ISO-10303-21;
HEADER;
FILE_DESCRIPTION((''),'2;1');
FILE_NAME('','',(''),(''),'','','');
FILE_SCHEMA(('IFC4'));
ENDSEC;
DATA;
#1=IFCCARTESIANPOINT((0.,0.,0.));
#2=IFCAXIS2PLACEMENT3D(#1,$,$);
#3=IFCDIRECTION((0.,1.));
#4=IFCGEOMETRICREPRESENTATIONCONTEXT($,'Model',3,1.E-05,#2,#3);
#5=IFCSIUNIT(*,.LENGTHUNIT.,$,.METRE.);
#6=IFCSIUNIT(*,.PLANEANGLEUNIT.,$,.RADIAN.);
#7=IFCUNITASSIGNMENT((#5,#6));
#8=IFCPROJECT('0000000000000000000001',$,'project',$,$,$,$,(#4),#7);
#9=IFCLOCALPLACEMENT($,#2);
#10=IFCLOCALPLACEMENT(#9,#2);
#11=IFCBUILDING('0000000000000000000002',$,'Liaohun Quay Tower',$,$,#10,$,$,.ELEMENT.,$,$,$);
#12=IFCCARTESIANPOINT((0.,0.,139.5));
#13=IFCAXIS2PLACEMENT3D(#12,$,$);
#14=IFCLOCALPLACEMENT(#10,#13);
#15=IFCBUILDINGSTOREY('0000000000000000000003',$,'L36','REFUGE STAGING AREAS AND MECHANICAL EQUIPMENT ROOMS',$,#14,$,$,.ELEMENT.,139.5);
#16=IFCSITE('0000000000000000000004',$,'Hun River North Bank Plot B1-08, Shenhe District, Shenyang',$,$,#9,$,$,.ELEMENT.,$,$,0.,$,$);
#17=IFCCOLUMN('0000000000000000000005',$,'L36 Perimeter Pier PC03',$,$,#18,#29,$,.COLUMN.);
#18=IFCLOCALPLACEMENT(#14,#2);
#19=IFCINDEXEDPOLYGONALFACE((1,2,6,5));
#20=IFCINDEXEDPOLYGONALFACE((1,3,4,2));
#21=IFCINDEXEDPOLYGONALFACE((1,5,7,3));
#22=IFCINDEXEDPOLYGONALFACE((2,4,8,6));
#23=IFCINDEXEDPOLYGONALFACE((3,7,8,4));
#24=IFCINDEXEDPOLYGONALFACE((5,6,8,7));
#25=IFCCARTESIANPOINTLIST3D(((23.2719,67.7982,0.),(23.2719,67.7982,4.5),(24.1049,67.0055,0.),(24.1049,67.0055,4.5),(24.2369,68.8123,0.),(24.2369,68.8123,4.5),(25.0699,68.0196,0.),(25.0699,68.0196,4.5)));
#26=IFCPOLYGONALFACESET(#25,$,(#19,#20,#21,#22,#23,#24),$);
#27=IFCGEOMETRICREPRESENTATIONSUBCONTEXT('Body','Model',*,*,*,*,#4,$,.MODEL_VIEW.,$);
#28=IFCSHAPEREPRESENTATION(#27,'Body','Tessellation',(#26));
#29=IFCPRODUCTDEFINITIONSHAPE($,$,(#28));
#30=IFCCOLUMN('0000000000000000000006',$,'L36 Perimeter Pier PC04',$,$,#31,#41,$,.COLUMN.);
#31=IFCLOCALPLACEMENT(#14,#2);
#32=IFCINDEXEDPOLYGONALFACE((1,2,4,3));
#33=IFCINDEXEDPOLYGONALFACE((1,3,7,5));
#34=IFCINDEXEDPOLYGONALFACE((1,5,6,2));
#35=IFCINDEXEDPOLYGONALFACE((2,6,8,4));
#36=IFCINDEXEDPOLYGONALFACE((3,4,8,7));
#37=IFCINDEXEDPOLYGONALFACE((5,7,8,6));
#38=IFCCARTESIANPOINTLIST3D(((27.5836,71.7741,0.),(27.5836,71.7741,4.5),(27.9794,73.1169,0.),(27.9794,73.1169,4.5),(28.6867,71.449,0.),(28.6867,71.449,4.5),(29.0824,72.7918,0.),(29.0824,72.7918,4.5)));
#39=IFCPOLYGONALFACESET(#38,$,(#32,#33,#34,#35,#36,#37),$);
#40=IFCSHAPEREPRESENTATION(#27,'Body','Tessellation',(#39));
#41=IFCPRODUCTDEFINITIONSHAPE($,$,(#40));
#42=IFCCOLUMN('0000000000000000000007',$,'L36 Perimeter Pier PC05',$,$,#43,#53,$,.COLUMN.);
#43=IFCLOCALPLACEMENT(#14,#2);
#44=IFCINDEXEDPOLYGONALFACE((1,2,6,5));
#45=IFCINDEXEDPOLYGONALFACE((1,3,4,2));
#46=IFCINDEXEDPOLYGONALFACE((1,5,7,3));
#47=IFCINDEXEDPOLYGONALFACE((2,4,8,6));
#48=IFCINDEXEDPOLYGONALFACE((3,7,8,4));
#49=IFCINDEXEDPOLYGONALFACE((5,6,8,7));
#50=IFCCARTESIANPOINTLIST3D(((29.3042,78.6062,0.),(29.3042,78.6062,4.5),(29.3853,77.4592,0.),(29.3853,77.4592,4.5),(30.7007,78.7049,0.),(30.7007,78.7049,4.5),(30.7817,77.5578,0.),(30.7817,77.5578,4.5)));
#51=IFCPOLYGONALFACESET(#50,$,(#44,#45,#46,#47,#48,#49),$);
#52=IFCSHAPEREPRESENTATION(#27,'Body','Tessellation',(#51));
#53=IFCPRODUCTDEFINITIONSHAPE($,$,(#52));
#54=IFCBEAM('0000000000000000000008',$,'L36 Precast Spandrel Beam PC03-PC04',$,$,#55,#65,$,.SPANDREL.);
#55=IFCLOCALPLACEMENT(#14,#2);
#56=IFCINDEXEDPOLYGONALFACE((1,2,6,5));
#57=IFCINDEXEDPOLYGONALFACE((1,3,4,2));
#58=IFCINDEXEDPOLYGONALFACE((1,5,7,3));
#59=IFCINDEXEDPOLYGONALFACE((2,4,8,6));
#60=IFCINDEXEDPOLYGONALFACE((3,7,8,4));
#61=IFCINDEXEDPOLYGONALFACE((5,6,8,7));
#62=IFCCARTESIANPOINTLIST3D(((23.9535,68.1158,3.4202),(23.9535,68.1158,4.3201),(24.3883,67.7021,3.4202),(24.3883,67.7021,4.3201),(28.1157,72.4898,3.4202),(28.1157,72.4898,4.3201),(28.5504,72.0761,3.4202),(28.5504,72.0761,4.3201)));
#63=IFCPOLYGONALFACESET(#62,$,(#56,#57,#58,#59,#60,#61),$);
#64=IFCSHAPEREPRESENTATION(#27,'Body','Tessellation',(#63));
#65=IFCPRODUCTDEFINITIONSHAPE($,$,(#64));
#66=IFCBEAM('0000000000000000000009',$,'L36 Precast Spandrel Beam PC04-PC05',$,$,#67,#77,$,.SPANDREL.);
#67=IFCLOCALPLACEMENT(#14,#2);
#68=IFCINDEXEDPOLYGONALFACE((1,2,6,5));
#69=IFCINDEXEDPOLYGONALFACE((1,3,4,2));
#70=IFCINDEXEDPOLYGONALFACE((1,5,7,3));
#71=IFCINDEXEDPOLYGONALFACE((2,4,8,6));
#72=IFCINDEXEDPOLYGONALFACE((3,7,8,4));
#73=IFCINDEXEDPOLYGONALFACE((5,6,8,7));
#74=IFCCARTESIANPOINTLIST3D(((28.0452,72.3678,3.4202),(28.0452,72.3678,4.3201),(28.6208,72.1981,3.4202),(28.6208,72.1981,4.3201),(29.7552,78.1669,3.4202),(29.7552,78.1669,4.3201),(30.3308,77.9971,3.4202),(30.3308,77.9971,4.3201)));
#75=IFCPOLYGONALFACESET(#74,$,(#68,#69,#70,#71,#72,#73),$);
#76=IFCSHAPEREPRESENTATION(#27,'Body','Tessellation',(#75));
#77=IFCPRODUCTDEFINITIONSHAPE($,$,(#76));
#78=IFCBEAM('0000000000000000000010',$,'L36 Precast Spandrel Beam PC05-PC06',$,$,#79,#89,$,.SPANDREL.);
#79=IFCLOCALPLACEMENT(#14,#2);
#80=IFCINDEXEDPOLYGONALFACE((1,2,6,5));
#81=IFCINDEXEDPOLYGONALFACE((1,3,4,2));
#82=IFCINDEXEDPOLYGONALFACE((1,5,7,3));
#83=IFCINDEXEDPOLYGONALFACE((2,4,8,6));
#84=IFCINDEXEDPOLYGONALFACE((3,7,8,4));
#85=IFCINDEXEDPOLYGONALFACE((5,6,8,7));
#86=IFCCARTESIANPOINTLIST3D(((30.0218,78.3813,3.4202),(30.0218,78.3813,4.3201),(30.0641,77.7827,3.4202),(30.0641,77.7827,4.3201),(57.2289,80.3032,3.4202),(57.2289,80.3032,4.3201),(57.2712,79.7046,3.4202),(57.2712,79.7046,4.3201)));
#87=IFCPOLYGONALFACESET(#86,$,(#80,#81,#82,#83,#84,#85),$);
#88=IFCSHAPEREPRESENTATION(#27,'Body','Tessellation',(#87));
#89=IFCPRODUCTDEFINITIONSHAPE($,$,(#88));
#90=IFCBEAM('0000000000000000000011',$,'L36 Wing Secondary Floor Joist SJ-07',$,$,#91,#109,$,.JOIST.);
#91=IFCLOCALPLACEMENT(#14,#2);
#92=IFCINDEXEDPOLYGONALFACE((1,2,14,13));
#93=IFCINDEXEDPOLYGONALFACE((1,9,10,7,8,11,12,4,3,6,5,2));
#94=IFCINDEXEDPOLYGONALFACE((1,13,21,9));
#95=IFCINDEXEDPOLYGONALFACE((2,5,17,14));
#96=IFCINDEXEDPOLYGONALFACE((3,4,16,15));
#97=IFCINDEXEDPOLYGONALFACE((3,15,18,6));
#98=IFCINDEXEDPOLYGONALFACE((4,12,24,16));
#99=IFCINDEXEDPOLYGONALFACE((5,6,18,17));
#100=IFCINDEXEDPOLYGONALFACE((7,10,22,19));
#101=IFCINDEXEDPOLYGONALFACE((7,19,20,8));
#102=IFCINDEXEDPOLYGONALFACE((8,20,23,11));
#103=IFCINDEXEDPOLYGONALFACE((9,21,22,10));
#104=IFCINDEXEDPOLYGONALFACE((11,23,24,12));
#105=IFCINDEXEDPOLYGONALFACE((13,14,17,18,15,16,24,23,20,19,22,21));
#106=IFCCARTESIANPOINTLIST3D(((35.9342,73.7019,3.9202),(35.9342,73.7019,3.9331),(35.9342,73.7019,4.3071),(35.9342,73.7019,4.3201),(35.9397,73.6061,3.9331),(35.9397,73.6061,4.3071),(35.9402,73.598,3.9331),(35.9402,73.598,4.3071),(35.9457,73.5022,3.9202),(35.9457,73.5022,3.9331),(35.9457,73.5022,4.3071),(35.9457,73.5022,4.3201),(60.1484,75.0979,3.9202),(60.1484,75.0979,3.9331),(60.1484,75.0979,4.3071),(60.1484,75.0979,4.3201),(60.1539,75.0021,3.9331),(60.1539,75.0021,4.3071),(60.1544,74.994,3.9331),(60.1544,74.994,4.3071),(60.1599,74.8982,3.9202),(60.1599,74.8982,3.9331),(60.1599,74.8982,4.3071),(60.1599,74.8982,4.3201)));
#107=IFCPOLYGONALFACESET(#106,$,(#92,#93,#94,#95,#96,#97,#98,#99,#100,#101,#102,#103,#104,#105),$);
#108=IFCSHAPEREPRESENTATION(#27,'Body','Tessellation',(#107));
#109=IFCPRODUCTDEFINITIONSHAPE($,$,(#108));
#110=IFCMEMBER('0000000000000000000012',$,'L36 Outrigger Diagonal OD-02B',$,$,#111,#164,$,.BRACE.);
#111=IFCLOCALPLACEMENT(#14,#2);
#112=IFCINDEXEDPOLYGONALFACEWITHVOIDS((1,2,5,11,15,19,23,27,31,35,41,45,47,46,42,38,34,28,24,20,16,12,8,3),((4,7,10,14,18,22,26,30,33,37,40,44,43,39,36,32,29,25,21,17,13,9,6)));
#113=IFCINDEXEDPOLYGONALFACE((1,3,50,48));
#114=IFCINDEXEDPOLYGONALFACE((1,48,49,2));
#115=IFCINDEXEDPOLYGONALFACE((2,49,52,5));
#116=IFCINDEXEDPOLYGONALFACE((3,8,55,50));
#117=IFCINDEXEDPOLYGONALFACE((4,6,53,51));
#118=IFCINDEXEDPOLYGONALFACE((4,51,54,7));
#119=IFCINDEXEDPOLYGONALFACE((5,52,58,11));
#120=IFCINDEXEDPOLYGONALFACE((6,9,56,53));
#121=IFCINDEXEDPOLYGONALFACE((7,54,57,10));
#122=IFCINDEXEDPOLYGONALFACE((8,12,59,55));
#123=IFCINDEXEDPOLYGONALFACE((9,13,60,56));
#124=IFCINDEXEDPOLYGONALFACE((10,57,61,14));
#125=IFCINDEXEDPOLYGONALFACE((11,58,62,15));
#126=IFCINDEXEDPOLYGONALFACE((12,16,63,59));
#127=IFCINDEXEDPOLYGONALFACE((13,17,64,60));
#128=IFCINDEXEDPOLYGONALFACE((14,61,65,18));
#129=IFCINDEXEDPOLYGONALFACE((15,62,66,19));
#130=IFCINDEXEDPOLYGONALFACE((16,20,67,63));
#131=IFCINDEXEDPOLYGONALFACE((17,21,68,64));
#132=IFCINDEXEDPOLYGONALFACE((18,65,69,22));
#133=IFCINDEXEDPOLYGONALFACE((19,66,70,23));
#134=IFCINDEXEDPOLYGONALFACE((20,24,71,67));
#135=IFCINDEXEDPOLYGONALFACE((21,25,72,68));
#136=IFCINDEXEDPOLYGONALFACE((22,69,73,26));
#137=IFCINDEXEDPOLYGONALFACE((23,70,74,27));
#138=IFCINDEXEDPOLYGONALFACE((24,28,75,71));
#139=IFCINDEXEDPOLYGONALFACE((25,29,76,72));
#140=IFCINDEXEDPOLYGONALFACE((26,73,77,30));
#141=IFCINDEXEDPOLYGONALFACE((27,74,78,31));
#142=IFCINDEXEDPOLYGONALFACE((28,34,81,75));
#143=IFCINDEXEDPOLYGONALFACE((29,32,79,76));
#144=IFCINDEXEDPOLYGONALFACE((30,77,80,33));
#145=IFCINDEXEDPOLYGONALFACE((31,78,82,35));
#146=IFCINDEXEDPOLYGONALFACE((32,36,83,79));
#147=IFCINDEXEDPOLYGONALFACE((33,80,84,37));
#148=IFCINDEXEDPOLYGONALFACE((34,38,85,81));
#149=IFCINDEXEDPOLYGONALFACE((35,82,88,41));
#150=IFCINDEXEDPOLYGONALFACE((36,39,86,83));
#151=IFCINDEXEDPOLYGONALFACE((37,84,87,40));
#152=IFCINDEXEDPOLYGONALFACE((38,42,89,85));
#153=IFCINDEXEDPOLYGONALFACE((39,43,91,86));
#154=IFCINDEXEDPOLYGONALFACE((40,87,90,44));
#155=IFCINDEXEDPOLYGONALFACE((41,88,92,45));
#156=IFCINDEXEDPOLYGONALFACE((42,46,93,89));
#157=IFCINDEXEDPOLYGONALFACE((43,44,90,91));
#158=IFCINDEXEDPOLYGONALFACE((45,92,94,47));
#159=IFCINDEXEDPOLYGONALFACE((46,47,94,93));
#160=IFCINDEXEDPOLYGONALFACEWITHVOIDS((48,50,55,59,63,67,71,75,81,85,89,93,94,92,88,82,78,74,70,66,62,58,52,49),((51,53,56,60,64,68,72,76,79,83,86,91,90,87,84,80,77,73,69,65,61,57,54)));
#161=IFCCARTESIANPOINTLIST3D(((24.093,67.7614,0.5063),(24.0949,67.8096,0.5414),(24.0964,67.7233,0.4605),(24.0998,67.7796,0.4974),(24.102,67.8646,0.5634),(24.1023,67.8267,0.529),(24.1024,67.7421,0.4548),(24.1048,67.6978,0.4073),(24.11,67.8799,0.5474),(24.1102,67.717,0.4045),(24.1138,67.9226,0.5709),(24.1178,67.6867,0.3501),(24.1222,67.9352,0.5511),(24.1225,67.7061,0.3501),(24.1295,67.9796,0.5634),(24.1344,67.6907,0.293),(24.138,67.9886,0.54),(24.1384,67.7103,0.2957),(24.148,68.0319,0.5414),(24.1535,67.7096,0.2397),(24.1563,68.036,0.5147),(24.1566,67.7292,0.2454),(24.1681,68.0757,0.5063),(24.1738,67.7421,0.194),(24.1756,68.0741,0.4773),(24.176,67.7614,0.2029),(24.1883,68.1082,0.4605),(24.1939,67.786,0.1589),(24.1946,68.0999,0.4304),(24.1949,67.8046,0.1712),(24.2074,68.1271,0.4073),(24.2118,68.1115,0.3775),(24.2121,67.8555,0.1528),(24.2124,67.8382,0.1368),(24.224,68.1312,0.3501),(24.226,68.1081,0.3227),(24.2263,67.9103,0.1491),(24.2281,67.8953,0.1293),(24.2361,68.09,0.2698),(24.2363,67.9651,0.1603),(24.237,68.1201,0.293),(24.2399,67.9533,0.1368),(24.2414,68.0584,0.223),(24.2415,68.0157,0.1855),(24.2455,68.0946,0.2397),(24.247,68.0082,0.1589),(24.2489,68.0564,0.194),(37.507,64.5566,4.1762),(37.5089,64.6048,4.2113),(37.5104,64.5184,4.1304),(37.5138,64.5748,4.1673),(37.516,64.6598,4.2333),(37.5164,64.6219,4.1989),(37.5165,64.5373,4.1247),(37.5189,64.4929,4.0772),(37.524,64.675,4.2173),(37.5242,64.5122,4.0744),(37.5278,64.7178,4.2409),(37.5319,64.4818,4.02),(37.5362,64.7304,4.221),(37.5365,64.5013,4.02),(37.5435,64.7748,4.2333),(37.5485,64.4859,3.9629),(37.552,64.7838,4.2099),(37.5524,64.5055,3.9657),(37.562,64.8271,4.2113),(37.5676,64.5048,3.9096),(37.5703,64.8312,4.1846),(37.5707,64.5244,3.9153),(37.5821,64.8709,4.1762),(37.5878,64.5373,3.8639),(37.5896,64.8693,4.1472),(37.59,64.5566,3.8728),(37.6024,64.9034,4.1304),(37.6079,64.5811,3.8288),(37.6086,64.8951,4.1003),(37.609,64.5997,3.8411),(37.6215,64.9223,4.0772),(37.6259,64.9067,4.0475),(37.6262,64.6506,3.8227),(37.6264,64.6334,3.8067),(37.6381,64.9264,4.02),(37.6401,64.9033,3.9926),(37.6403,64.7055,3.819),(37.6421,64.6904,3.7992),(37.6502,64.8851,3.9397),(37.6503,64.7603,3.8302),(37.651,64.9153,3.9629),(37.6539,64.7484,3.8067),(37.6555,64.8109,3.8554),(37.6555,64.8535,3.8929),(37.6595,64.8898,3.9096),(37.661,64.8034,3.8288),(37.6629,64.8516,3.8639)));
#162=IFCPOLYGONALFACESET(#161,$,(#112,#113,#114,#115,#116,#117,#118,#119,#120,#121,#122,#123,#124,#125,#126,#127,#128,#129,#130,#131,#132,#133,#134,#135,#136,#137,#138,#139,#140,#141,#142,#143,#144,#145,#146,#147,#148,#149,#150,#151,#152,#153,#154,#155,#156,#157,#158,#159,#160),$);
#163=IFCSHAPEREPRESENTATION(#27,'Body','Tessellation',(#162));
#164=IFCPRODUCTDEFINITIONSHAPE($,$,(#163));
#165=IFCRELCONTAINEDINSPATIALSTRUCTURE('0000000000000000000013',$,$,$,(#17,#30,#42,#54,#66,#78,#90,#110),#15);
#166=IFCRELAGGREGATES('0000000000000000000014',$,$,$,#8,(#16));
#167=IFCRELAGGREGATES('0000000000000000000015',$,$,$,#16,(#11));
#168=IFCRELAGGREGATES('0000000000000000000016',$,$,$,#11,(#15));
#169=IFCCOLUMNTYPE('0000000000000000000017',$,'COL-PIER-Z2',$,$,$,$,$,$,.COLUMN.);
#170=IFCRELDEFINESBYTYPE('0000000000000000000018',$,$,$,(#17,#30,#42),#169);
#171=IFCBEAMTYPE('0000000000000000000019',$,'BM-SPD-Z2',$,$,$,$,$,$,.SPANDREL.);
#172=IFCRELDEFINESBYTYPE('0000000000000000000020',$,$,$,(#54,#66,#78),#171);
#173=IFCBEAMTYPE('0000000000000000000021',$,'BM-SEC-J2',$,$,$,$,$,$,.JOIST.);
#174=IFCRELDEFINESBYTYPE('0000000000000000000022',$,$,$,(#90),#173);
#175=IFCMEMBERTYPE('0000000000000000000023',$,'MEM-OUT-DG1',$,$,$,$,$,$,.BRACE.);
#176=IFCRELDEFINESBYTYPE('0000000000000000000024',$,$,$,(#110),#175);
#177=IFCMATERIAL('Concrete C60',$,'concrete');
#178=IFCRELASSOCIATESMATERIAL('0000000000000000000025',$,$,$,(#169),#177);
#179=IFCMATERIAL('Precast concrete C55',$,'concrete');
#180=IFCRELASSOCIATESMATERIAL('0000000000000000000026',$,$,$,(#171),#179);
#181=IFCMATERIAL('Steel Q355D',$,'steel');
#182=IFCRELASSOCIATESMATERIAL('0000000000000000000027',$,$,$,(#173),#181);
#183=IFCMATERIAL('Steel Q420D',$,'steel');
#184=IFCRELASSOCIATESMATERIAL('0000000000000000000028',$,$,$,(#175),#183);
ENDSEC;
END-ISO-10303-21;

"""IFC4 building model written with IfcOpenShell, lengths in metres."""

from ifc_helpers import new_model, si_unit, direction, frame, origin, origin_2d, place, context, subcontext, project, spatial, rectangle, hollow_circle, i_section, extrude, source, transform, mapped, material, material_profile, profile_set, type_object, element, save


model = new_model("IFC4")

# Units and contexts
model_context = context("Model", 3, precision=1e-05, world=origin(), true_north=direction((0.0, 1.0)))
body_context = subcontext(model_context, "Body", "Model", "MODEL_VIEW")
ifc_project = project(units=[si_unit("LENGTHUNIT", "METRE"), si_unit("PLANEANGLEUNIT", "RADIAN")], contexts=[model_context])

# Site, building, storey
site_placement = place(None, origin())
site = spatial("IfcSite", under=ifc_project, at=site_placement, Name="Hun River North Bank Plot B1-08, Shenhe District, Shenyang", CompositionType="ELEMENT", RefElevation=0.0)
building_placement = place(site_placement, origin())
building = spatial("IfcBuilding", under=site, at=building_placement, Name="Liaohun Quay Tower", CompositionType="ELEMENT")
storey_placement = place(building_placement, frame((0.0, 0.0, 139.5)))
storey = spatial("IfcBuildingStorey", under=building, at=storey_placement, Name="L36", Description="REFUGE STAGING AREAS AND MECHANICAL EQUIPMENT ROOMS", CompositionType="ELEMENT", Elevation=139.5)

# Columns
ifc_material_1 = material(Name="Concrete C60", Category="concrete")
ifc_material_profile_1 = material_profile(ifc_material_1, rectangle(XDim=1.3999, YDim=1.1499, at=origin_2d()), Name="RC1400x1150")
ifc_profile_set_1 = profile_set([ifc_material_profile_1], Name="Concrete C60")
column_type = type_object("IfcColumnType", Name="COL-PIER-Z2", PredefinedType="COLUMN", material=ifc_profile_set_1)
shared_shape_1 = source(origin(), body_context, "Body", "SweptSolid", [
    extrude(rectangle(XDim=1.3999, YDim=1.1499, at=origin_2d()), origin(), (0.0, 0.0, 1.0), 4.5),
])
for number, where, z_axis, x_axis, name in (
    (1, (24.1709, 67.9089, 0.0), (0.0, 0.0, 1.0), (0.689367, 0.724413, 0.0), "L36 Perimeter Pier PC03"),
    (2, (28.333, 72.283, 0.0), (0.0, 0.0, 1.0), (0.282676, 0.959215, 0.0), "L36 Perimeter Pier PC04"),
    (3, (30.043, 78.082, 0.0), (0.0, 0.0, 1.0), (0.997515, 0.070453, 0.0), "L36 Perimeter Pier PC05"),
):
    element("IfcColumn", number, at=place(storey_placement, frame(where, z_axis=z_axis, x_axis=x_axis)), inside=storey, type_object=column_type, Name=name, PredefinedType="COLUMN", context=body_context, shape_type="MappedRepresentation", body=[
        mapped(shared_shape_1, transform((0.0, 0.0, 0.0), x_axis=(1.0, 0.0, 0.0), y_axis=(0.0, 1.0, 0.0), z_axis=(0.0, 0.0, 1.0), scale=1.0)),
    ])

# Beams
ifc_material_2 = material(Name="Precast concrete C55", Category="concrete")
ifc_material_profile_2 = material_profile(ifc_material_2, rectangle(XDim=0.6001, YDim=0.8999, at=origin_2d()), Name="RC600x900")
ifc_profile_set_2 = profile_set([ifc_material_profile_2], Name="Precast concrete C55")
beam_type_1 = type_object("IfcBeamType", Name="BM-SPD-Z2", PredefinedType="SPANDREL", material=ifc_profile_set_2)
shared_shape_2 = source(origin(), body_context, "Body", "SweptSolid", [
    extrude(rectangle(XDim=0.6001, YDim=0.8999, at=origin_2d()), origin(), (0.0, 0.0, 1.0), 6.0378),
])
beam_1_placement = place(storey_placement, frame((24.1709, 67.9089, 3.8701), z_axis=(0.68934, 0.724438, 0.0), x_axis=(-0.724438, 0.68934, 0.0)))
element("IfcBeam", 4, at=beam_1_placement, inside=storey, type_object=beam_type_1, Name="L36 Precast Spandrel Beam PC03-PC04", PredefinedType="SPANDREL", context=body_context, shape_type="MappedRepresentation", body=[
    mapped(shared_shape_2, transform((0.0, 0.0, 0.0), x_axis=(1.0, 0.0, 0.0), y_axis=(0.0, 1.0, 0.0), z_axis=(0.0, 0.0, 1.0), scale=1.0)),
])
shared_shape_3 = source(origin(), body_context, "Body", "SweptSolid", [
    extrude(rectangle(XDim=0.6001, YDim=0.8999, at=origin_2d()), origin(), (0.0, 0.0, 1.0), 6.0459),
])
beam_2_placement = place(storey_placement, frame((28.333, 72.283, 3.8701), z_axis=(0.282829, 0.95917, 0.0), x_axis=(-0.95917, 0.282829, 0.0)))
element("IfcBeam", 5, at=beam_2_placement, inside=storey, type_object=beam_type_1, Name="L36 Precast Spandrel Beam PC04-PC05", PredefinedType="SPANDREL", context=body_context, shape_type="MappedRepresentation", body=[
    mapped(shared_shape_3, transform((0.0, 0.0, 0.0), x_axis=(1.0, 0.0, 0.0), y_axis=(0.0, 1.0, 0.0), z_axis=(0.0, 0.0, 1.0), scale=1.0)),
])
shared_shape_4 = source(origin(), body_context, "Body", "SweptSolid", [
    extrude(rectangle(XDim=0.6001, YDim=0.8999, at=origin_2d()), origin(), (0.0, 0.0, 1.0), 27.2749),
])
beam_3_placement = place(storey_placement, frame((30.043, 78.082, 3.8701), z_axis=(0.997514, 0.070463, 0.0), x_axis=(-0.070463, 0.997514, 0.0)))
element("IfcBeam", 6, at=beam_3_placement, inside=storey, type_object=beam_type_1, Name="L36 Precast Spandrel Beam PC05-PC06", PredefinedType="SPANDREL", context=body_context, shape_type="MappedRepresentation", body=[
    mapped(shared_shape_4, transform((0.0, 0.0, 0.0), x_axis=(1.0, 0.0, 0.0), y_axis=(0.0, 1.0, 0.0), z_axis=(0.0, 0.0, 1.0), scale=1.0)),
])
ifc_material_3 = material(Name="Steel Q355D", Category="steel")
ifc_material_profile_3 = material_profile(ifc_material_3, i_section(OverallWidth=0.2, OverallDepth=0.3999, WebThickness=0.0081, FlangeThickness=0.0129, at=origin_2d()), Name="HN400x200x8x13")
ifc_profile_set_3 = profile_set([ifc_material_profile_3], Name="Steel Q355D")
beam_type_2 = type_object("IfcBeamType", Name="BM-SEC-J2", PredefinedType="JOIST", material=ifc_profile_set_3)
shared_shape_5 = source(origin(), body_context, "Body", "SweptSolid", [
    extrude(i_section(OverallWidth=0.2, OverallDepth=0.3999, WebThickness=0.0081, FlangeThickness=0.0129, at=origin_2d()), origin(), (0.0, 0.0, 1.0), 24.2544),
])
beam_4_placement = place(storey_placement, frame((35.9399, 73.6021, 4.1201), z_axis=(0.998342, 0.057557, 0.0), x_axis=(-0.057557, 0.998342, 0.0)))
element("IfcBeam", 7, at=beam_4_placement, inside=storey, type_object=beam_type_2, Name="L36 Wing Secondary Floor Joist SJ-07", PredefinedType="JOIST", context=body_context, shape_type="MappedRepresentation", body=[
    mapped(shared_shape_5, transform((0.0, 0.0, 0.0), x_axis=(1.0, 0.0, 0.0), y_axis=(0.0, 1.0, 0.0), z_axis=(0.0, 0.0, 1.0), scale=1.0)),
])

# Member
ifc_material_4 = material(Name="Steel Q420D", Category="steel")
ifc_material_profile_4 = material_profile(ifc_material_4, hollow_circle(Radius=0.2285, WallThickness=0.02, at=origin_2d()), Name="CHS457x20")
ifc_profile_set_4 = profile_set([ifc_material_profile_4], Name="Steel Q420D")
member_type_1 = type_object("IfcMemberType", Name="MEM-OUT-DG1", PredefinedType="BRACE", material=ifc_profile_set_4)
shared_shape_6 = source(origin(), body_context, "Body", "SweptSolid", [
    extrude(hollow_circle(Radius=0.2285, WallThickness=0.02, at=origin_2d()), origin(), (0.0, 0.0, 1.0), 14.2715),
])
member_1_placement = place(storey_placement, frame((37.585, 64.7041, 4.02), z_axis=(-0.939918, 0.224561, -0.25715), x_axis=(-0.232376, -0.972626, 0.0)))
element("IfcMember", 8, at=member_1_placement, inside=storey, type_object=member_type_1, Name="L36 Outrigger Diagonal OD-02B", PredefinedType="BRACE", context=body_context, shape_type="MappedRepresentation", body=[
    mapped(shared_shape_6, transform((0.0, 0.0, 0.0), x_axis=(1.0, 0.0, 0.0), y_axis=(0.0, 1.0, 0.0), z_axis=(0.0, 0.0, 1.0), scale=1.0)),
])

save(model, "model.ifc")
